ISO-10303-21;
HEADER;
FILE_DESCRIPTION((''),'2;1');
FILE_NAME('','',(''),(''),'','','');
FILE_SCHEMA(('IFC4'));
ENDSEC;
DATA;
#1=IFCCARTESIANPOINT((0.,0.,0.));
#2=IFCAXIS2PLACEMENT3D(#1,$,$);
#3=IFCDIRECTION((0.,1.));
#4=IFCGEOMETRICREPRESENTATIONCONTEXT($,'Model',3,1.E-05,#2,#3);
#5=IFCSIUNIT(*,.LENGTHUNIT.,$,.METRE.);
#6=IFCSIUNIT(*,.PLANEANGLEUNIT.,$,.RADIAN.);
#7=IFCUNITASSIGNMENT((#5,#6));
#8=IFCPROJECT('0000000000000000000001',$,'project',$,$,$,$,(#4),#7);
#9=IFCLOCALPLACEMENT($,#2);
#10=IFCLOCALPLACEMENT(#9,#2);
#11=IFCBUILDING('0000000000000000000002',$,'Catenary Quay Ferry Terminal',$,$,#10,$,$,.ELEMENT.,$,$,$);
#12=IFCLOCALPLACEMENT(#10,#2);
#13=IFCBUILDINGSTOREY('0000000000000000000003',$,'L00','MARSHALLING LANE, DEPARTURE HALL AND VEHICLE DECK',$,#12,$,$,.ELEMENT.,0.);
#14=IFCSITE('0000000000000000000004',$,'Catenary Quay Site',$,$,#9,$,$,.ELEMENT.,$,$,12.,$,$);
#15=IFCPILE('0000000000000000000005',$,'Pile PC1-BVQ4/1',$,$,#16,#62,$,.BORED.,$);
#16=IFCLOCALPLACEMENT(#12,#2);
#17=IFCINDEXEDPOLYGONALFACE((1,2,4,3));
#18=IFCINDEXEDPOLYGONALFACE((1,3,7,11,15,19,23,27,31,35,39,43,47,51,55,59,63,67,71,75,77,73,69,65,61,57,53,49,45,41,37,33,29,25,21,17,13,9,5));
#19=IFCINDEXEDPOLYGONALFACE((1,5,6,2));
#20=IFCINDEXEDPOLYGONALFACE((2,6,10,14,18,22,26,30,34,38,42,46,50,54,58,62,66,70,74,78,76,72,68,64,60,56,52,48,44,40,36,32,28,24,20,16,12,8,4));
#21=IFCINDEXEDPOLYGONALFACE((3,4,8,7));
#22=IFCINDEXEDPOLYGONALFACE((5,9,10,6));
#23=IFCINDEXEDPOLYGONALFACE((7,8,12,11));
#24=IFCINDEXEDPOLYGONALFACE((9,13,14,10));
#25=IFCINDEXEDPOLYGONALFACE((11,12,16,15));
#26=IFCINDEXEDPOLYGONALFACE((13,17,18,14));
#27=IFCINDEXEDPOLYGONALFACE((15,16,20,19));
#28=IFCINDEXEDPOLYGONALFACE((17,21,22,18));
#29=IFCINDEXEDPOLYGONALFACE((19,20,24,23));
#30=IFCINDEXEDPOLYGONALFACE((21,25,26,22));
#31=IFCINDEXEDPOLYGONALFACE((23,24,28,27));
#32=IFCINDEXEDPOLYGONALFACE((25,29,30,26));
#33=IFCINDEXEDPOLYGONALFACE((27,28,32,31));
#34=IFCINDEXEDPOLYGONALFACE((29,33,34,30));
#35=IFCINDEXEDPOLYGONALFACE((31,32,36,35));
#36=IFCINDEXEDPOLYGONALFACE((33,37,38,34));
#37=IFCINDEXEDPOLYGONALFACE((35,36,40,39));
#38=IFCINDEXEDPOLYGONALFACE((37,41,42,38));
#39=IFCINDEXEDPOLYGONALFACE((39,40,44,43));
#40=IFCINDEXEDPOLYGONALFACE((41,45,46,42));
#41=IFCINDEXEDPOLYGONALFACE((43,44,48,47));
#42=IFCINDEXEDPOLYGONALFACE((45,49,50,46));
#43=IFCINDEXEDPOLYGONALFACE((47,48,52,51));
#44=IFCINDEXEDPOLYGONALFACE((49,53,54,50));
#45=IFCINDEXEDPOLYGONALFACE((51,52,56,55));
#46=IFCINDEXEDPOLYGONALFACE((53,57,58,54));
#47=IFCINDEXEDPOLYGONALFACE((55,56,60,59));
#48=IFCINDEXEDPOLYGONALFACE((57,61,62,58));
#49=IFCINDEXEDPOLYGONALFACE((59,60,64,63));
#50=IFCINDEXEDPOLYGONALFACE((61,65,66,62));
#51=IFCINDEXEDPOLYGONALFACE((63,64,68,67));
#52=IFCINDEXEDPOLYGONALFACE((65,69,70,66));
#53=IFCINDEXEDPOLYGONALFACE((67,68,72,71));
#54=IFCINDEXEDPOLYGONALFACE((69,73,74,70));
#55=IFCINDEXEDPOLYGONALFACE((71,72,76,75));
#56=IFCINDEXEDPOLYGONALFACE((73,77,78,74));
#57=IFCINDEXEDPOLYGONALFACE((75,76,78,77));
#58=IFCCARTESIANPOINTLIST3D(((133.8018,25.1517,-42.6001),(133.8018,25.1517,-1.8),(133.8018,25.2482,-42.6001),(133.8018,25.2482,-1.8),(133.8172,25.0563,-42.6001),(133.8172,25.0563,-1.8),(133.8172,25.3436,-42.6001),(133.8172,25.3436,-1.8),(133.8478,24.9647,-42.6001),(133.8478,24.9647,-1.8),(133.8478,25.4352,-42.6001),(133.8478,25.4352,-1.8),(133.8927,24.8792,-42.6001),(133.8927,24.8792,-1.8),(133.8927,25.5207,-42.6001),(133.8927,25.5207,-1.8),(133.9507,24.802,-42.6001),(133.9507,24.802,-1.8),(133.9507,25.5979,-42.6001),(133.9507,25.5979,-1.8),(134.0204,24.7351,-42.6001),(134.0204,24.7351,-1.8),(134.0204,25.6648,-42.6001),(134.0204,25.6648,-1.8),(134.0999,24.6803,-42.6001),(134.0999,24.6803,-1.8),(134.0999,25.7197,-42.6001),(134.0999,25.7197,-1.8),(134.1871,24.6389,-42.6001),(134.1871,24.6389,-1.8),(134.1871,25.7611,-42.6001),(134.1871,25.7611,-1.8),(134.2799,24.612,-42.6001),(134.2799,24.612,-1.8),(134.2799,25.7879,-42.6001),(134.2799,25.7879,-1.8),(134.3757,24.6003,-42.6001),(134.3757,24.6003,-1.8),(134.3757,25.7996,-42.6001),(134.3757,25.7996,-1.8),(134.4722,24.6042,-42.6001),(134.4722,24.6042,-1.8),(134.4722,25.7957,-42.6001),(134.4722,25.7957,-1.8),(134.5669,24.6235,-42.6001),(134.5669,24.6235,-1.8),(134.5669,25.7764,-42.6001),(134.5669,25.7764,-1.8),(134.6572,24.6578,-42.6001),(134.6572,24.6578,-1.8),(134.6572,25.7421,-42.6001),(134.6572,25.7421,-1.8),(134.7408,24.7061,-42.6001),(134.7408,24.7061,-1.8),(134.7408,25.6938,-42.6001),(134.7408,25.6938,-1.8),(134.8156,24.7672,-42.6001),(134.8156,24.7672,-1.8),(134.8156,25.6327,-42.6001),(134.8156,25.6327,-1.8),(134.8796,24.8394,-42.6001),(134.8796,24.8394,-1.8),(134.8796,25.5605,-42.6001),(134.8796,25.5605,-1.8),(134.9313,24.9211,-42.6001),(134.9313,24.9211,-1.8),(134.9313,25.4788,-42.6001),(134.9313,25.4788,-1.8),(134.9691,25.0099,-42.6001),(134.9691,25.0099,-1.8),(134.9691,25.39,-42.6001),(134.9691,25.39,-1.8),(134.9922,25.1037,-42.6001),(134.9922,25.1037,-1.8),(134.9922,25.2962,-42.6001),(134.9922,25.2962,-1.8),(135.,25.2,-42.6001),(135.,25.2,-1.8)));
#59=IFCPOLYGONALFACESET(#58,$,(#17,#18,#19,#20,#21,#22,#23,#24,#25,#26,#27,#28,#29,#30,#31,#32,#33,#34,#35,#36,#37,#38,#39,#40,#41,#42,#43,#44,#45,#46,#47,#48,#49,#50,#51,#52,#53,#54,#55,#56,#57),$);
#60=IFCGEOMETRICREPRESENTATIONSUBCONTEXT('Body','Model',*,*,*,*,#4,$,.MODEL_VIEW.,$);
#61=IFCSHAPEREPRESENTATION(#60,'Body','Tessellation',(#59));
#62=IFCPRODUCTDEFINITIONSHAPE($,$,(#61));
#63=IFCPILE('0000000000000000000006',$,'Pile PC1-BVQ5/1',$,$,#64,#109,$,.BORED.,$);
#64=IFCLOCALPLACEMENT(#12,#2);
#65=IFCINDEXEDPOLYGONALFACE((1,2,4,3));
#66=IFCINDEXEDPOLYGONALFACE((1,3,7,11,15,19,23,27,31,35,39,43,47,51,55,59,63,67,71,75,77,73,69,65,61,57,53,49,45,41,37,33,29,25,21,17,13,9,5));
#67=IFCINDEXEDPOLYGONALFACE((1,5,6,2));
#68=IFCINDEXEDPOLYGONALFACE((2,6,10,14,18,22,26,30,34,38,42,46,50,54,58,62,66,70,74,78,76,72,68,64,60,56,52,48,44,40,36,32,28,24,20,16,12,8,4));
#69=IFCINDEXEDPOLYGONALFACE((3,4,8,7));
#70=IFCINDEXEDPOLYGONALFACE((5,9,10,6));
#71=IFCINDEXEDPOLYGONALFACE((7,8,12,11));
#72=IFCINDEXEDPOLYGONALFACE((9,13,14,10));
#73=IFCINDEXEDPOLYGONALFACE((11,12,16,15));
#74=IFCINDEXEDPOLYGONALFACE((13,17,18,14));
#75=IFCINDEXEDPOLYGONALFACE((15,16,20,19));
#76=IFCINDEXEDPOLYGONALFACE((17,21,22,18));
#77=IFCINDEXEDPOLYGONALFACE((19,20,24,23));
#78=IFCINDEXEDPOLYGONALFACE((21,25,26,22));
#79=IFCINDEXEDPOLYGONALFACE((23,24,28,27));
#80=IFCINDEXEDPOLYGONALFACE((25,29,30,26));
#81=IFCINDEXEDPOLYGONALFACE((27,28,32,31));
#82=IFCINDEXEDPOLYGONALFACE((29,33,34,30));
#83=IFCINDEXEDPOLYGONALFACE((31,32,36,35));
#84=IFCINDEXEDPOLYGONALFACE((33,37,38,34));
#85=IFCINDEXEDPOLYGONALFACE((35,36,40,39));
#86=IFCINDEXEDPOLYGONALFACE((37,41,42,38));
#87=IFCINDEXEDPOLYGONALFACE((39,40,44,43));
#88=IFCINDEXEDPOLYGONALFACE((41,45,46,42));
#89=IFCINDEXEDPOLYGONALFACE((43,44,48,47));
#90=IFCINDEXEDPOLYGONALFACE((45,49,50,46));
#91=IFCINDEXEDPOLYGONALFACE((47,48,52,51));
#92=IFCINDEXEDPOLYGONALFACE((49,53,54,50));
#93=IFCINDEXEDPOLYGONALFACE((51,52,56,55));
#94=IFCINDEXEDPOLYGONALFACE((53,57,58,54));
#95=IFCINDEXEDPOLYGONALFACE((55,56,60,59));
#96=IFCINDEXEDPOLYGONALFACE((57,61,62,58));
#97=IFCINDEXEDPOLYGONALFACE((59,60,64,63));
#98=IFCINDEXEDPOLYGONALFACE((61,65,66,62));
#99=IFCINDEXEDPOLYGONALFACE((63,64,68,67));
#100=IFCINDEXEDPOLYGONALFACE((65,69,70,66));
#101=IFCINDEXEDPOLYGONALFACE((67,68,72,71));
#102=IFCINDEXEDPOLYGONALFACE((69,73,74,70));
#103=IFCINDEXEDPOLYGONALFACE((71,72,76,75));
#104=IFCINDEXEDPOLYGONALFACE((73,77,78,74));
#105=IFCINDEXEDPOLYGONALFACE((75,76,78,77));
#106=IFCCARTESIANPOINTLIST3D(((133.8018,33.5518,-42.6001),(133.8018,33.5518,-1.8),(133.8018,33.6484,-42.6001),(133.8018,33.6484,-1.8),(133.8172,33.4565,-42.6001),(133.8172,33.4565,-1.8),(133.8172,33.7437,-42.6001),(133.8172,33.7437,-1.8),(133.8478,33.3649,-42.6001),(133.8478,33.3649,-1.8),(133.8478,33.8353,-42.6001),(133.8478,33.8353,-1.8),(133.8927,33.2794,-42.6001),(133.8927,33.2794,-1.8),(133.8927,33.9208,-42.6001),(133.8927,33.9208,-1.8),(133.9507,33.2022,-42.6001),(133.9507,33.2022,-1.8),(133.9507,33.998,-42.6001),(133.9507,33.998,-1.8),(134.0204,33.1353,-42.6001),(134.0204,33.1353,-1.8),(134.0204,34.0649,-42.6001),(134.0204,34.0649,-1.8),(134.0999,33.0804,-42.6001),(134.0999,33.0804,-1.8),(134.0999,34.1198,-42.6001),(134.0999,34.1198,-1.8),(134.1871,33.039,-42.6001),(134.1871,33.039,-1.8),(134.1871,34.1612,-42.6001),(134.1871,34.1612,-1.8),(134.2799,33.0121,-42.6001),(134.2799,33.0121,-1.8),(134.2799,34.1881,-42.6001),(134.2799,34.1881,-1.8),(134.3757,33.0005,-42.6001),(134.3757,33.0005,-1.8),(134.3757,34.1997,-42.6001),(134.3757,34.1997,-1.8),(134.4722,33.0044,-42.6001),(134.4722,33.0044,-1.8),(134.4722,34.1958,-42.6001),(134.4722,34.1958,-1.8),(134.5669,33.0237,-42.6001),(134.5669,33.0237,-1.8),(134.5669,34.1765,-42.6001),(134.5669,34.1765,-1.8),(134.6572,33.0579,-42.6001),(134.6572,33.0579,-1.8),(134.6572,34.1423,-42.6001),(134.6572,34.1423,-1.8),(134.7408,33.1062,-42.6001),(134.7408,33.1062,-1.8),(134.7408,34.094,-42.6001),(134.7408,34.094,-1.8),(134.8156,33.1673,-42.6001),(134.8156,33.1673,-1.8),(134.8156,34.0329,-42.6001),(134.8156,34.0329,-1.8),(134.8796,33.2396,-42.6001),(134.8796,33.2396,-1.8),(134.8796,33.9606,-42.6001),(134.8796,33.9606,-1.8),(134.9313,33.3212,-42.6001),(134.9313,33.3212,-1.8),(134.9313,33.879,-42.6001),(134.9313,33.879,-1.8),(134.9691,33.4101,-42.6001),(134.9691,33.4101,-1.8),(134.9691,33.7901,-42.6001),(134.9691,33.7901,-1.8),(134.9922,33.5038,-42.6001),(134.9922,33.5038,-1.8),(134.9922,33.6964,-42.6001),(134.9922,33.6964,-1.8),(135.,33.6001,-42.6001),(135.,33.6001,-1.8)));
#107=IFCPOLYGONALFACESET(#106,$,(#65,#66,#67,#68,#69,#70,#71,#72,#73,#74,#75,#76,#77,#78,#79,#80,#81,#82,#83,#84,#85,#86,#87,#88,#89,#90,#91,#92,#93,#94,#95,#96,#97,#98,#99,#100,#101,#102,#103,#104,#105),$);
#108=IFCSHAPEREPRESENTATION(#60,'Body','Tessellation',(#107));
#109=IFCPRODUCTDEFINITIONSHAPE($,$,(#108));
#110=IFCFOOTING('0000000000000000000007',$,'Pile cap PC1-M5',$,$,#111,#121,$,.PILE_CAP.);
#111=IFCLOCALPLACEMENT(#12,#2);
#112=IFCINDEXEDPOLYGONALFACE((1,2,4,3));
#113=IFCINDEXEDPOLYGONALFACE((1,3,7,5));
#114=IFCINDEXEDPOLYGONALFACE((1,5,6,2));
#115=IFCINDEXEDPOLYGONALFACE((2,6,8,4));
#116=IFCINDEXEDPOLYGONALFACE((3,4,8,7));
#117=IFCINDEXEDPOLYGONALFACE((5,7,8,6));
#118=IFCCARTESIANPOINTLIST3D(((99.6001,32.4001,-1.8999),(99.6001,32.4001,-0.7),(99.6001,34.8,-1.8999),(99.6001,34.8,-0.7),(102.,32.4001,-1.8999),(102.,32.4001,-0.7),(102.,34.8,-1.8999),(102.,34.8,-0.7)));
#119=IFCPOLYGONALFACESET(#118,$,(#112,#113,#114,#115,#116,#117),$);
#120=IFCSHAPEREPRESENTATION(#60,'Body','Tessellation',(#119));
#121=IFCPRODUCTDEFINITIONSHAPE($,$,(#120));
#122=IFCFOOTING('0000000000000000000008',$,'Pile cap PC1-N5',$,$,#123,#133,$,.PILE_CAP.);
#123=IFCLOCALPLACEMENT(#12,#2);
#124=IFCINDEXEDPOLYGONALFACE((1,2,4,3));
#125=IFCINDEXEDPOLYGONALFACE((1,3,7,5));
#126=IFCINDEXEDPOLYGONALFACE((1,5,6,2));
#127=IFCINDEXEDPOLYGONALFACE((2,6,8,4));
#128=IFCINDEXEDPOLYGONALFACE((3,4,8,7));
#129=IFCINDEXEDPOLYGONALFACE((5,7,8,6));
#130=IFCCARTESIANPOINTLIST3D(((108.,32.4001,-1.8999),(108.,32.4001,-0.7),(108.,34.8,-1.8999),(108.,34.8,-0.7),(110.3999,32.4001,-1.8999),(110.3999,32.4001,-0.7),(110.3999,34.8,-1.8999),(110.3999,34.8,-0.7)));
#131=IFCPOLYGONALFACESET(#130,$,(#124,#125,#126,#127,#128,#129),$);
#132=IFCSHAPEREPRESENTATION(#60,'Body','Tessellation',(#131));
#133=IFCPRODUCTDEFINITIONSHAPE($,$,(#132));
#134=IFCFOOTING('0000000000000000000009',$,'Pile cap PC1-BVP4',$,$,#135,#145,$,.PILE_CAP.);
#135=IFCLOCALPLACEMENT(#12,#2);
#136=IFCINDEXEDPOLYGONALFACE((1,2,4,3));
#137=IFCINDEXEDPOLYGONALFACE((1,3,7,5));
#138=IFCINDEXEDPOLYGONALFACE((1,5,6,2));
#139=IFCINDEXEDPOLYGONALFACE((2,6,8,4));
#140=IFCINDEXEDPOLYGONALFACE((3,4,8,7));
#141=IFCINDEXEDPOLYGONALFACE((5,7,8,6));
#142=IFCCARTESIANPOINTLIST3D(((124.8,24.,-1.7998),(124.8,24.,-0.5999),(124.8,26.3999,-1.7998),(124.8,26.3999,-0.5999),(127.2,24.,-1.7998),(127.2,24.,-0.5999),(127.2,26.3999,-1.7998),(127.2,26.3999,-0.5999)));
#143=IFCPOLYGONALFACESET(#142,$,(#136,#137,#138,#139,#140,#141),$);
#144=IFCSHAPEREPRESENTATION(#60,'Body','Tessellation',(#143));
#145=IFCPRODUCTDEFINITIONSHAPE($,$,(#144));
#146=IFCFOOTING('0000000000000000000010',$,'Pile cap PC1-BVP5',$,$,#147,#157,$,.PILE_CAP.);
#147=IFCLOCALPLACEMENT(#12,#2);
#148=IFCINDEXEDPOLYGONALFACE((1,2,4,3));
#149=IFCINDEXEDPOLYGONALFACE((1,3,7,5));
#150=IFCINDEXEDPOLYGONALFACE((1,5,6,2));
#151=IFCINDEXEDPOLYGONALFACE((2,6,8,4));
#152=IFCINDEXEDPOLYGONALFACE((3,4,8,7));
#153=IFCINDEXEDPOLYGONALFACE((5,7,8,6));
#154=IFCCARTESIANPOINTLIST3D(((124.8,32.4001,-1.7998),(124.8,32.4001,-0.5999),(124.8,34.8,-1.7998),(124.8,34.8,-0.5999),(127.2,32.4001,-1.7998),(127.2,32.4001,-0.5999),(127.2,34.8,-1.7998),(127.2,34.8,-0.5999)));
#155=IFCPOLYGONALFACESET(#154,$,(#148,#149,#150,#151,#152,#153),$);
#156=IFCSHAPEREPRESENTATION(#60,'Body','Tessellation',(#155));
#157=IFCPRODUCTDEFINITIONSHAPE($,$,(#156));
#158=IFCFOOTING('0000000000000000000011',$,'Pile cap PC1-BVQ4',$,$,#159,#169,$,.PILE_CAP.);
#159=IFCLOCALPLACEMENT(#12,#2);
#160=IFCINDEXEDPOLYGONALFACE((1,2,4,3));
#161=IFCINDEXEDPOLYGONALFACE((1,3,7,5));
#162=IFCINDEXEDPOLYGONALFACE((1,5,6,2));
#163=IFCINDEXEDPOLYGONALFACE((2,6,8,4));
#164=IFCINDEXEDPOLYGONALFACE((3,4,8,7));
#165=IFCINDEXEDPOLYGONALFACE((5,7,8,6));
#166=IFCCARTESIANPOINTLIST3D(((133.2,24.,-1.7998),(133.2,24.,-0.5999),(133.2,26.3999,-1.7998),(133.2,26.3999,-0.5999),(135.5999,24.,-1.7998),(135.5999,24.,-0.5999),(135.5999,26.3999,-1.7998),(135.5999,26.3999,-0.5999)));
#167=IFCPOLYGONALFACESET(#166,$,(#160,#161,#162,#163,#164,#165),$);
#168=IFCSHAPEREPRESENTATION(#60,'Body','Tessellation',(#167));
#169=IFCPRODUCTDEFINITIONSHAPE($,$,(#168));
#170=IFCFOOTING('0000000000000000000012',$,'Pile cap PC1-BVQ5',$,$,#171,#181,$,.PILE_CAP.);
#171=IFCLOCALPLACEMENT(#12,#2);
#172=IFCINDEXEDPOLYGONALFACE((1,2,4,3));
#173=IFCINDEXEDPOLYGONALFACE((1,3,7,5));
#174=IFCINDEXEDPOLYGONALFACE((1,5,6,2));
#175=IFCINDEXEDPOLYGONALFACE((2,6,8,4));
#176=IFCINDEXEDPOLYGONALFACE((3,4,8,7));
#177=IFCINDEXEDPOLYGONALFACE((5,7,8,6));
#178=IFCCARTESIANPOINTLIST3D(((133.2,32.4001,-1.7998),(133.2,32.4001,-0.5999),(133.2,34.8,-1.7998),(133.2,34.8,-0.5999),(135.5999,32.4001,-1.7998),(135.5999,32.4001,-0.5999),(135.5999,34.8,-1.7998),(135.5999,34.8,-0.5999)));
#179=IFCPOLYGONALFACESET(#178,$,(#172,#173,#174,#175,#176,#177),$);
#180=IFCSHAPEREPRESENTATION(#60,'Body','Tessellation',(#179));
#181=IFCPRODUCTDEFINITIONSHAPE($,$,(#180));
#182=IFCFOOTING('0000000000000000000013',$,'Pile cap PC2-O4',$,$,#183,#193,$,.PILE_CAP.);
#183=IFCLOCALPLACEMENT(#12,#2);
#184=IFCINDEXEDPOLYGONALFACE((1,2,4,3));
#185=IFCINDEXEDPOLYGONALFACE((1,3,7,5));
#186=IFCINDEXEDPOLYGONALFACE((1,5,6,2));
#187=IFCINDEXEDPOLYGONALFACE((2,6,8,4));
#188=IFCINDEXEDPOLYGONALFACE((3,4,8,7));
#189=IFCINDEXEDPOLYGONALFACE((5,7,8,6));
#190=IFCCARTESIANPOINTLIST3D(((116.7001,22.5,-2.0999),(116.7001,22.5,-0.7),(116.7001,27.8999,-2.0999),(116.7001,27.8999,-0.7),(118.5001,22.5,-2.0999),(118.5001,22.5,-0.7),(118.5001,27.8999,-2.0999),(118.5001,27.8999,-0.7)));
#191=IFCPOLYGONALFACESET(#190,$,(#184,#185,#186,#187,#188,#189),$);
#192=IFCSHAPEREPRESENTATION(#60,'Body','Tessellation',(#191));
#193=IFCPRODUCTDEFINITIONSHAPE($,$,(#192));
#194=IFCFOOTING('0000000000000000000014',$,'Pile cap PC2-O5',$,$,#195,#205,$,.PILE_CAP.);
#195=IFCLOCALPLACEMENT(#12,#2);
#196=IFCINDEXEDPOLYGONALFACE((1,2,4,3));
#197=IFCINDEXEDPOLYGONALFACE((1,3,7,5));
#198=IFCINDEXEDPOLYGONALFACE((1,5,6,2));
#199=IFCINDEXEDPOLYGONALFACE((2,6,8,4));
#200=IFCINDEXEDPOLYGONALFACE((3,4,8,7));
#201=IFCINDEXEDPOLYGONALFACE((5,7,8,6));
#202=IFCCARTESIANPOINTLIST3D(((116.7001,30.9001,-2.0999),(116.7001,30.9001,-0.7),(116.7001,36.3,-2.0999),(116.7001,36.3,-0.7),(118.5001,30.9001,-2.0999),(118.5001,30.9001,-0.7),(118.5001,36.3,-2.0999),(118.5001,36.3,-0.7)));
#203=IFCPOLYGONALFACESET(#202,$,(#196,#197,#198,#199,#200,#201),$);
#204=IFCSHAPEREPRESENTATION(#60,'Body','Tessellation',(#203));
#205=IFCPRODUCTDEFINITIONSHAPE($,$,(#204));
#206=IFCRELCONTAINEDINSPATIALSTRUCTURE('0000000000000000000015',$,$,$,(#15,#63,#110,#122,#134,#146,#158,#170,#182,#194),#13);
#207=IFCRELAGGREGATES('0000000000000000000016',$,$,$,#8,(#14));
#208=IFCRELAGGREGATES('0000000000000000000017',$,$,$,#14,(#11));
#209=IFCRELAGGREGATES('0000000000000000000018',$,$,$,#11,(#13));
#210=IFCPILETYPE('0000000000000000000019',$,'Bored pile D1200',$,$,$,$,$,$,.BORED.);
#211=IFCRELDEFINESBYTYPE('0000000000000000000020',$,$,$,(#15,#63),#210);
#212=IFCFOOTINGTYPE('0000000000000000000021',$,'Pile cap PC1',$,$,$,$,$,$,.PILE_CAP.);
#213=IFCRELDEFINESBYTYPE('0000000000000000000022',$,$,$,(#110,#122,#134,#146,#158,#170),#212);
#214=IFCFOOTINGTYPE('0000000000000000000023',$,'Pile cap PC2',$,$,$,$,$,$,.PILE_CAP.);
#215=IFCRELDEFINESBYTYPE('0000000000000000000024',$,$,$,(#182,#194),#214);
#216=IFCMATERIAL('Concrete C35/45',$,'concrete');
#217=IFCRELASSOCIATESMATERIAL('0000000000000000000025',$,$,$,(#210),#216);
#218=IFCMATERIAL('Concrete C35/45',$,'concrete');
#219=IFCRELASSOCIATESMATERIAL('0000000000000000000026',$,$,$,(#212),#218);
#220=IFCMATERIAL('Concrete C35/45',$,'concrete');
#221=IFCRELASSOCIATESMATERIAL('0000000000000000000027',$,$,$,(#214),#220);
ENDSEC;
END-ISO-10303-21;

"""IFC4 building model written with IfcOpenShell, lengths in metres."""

from ifc_helpers import new_model, si_unit, direction, frame, origin, origin_2d, place, context, subcontext, project, spatial, rectangle, circle, extrude, material, material_profile, profile_set, type_object, element, save


model = new_model("IFC4")

# Units and contexts
model_context = context("Model", 3, precision=1e-05, world=origin(), true_north=direction((0.0, 1.0)))
body_context = subcontext(model_context, "Body", "Model", "MODEL_VIEW")
ifc_project = project(units=[si_unit("LENGTHUNIT", "METRE"), si_unit("PLANEANGLEUNIT", "RADIAN")], contexts=[model_context])

# Site, building, storey
site_placement = place(None, origin())
site = spatial("IfcSite", under=ifc_project, at=site_placement, Name="Catenary Quay Site", CompositionType="ELEMENT", RefElevation=12.0)
building_placement = place(site_placement, origin())
building = spatial("IfcBuilding", under=site, at=building_placement, Name="Catenary Quay Ferry Terminal", CompositionType="ELEMENT")
storey_placement = place(building_placement, origin())
storey = spatial("IfcBuildingStorey", under=building, at=storey_placement, Name="L00", Description="MARSHALLING LANE, DEPARTURE HALL AND VEHICLE DECK", CompositionType="ELEMENT", Elevation=0.0)

# Piles
ifc_material_1 = material(Name="Concrete C35/45", Category="concrete")
ifc_material_profile_1 = material_profile(ifc_material_1, circle(Radius=0.6001, at=origin_2d()), Name="D1200")
ifc_profile_set_1 = profile_set([ifc_material_profile_1], Name="Concrete C35/45")
pile_type = type_object("IfcPileType", Name="Bored pile D1200", PredefinedType="BORED", material=ifc_profile_set_1)
for number, where, z_axis, x_axis, name in (
    (1, (134.3999, 25.2, -1.8), (0.0, 0.0, -1.0), (1.0, 0.0, 0.0), "Pile PC1-BVQ4/1"),
    (2, (134.3999, 33.6001, -1.8), (0.0, 0.0, -1.0), (1.0, 0.0, 0.0), "Pile PC1-BVQ5/1"),
):
    element("IfcPile", number, at=place(storey_placement, frame(where, z_axis=z_axis, x_axis=x_axis)), inside=storey, type_object=pile_type, Name=name, PredefinedType="BORED", context=body_context, shape_type="SweptSolid", body=[
        extrude(circle(Radius=0.6001, at=origin_2d()), origin(), (0.0, 0.0, 1.0), 40.8),
    ])

# Footings
ifc_material_2 = material(Name="Concrete C35/45", Category="concrete")
footing_type_1 = type_object("IfcFootingType", Name="Pile cap PC1", PredefinedType="PILE_CAP", material=ifc_material_2)
for number, where, z_axis, x_axis, name in (
    (3, (100.8, 33.6001, -1.8999), (0.0, 0.0, 1.0), (1.0, 0.0, 0.0), "Pile cap PC1-M5"),
    (4, (109.2, 33.6001, -1.8999), (0.0, 0.0, 1.0), (1.0, 0.0, 0.0), "Pile cap PC1-N5"),
    (5, (126.0, 25.2, -1.7998), (0.0, 0.0, 1.0), (1.0, 0.0, 0.0), "Pile cap PC1-BVP4"),
    (6, (126.0, 33.6001, -1.7998), (0.0, 0.0, 1.0), (1.0, 0.0, 0.0), "Pile cap PC1-BVP5"),
    (7, (134.3999, 25.2, -1.7998), (0.0, 0.0, 1.0), (1.0, 0.0, 0.0), "Pile cap PC1-BVQ4"),
    (8, (134.3999, 33.6001, -1.7998), (0.0, 0.0, 1.0), (1.0, 0.0, 0.0), "Pile cap PC1-BVQ5"),
):
    element("IfcFooting", number, at=place(storey_placement, frame(where, z_axis=z_axis, x_axis=x_axis)), inside=storey, type_object=footing_type_1, Name=name, PredefinedType="PILE_CAP", context=body_context, shape_type="SweptSolid", body=[
        extrude(rectangle(XDim=2.3999, YDim=2.3999, at=origin_2d()), origin(), (0.0, 0.0, 1.0), 1.2),
    ])
ifc_material_3 = material(Name="Concrete C35/45", Category="concrete")
footing_type_2 = type_object("IfcFootingType", Name="Pile cap PC2", PredefinedType="PILE_CAP", material=ifc_material_3)
for number, where, z_axis, x_axis, name in (
    (9, (117.6001, 25.2, -2.0999), (0.0, 0.0, 1.0), (1.0, 0.0, 0.0), "Pile cap PC2-O4"),
    (10, (117.6001, 33.6001, -2.0999), (0.0, 0.0, 1.0), (1.0, 0.0, 0.0), "Pile cap PC2-O5"),
):
    element("IfcFooting", number, at=place(storey_placement, frame(where, z_axis=z_axis, x_axis=x_axis)), inside=storey, type_object=footing_type_2, Name=name, PredefinedType="PILE_CAP", context=body_context, shape_type="SweptSolid", body=[
        extrude(rectangle(XDim=1.8, YDim=5.3999, at=origin_2d()), origin(), (0.0, 0.0, 1.0), 1.3999),
    ])

save(model, "model.ifc")
